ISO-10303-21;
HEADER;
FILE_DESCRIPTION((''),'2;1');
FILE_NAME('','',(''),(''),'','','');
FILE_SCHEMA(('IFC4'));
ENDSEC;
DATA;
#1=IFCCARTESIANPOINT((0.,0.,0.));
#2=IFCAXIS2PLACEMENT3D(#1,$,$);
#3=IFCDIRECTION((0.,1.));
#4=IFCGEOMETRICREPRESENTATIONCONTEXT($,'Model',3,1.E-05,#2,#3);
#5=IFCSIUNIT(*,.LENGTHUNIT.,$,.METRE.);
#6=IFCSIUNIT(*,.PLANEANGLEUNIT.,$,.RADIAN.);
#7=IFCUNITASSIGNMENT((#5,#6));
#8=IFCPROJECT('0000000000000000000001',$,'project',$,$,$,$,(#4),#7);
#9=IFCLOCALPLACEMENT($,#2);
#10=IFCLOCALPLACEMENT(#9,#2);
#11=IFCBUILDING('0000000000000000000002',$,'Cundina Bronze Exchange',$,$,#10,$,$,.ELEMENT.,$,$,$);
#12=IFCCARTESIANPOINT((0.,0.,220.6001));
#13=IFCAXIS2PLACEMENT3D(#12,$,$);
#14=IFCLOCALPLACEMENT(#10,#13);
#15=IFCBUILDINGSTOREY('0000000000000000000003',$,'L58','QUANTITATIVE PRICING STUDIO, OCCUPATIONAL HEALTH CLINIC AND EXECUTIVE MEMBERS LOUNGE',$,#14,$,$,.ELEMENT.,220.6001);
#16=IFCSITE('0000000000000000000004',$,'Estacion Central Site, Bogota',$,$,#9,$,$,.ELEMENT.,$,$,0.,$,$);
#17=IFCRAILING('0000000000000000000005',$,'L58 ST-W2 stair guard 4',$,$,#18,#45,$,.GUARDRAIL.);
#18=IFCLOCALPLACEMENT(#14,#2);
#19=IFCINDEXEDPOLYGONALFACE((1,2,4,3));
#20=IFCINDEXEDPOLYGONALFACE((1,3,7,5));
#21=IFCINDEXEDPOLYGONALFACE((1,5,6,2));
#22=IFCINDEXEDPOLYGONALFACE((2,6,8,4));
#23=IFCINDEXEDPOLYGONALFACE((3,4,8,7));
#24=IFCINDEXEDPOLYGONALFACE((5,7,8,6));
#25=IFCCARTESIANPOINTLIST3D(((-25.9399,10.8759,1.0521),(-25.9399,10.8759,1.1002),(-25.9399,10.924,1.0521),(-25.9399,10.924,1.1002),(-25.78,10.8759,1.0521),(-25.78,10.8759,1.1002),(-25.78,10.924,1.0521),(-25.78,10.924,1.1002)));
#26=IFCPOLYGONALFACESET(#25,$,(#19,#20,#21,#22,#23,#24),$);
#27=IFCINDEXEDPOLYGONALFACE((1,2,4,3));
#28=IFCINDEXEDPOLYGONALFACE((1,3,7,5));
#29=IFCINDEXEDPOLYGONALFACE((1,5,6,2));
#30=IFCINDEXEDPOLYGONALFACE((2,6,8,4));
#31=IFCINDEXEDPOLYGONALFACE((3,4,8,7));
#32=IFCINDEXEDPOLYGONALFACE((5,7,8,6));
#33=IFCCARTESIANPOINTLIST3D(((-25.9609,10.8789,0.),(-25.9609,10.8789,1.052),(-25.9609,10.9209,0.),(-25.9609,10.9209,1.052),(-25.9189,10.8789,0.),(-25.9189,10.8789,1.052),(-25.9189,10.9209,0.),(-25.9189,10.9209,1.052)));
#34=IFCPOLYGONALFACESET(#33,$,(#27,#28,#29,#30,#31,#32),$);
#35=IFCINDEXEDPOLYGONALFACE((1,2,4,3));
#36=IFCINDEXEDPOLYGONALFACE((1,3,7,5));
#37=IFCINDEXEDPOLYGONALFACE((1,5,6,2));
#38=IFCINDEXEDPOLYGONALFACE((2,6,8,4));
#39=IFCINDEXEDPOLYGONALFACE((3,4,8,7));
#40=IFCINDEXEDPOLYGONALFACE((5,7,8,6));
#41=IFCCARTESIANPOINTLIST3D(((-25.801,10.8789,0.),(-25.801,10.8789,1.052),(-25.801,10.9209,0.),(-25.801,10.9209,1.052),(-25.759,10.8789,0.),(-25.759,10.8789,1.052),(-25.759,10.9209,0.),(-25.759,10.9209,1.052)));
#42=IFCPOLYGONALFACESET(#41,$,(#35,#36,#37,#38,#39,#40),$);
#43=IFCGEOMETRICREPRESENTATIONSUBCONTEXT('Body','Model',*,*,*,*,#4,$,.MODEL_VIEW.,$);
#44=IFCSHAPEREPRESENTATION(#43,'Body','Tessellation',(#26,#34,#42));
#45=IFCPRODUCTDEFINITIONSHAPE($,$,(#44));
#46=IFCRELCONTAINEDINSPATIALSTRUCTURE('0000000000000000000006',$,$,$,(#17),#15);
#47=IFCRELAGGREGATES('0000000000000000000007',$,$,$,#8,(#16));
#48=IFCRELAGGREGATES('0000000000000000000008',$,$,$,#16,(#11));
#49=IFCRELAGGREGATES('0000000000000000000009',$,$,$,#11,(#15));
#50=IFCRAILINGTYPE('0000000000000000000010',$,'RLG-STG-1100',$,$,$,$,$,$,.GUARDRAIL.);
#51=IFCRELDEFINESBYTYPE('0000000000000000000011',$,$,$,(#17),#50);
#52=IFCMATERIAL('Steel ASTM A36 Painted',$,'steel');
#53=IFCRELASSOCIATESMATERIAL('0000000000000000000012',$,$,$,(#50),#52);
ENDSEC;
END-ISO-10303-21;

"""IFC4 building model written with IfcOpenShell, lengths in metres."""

from ifc_helpers import new_model, si_unit, direction, frame, origin, origin_2d, place, context, subcontext, project, spatial, rectangle, extrude, material, type_object, element, save


model = new_model("IFC4")

# Units and contexts
model_context = context("Model", 3, precision=1e-05, world=origin(), true_north=direction((0.0, 1.0)))
body_context = subcontext(model_context, "Body", "Model", "MODEL_VIEW")
ifc_project = project(units=[si_unit("LENGTHUNIT", "METRE"), si_unit("PLANEANGLEUNIT", "RADIAN")], contexts=[model_context])

# Site, building, storey
site_placement = place(None, origin())
site = spatial("IfcSite", under=ifc_project, at=site_placement, Name="Estacion Central Site, Bogota", CompositionType="ELEMENT", RefElevation=0.0)
building_placement = place(site_placement, origin())
building = spatial("IfcBuilding", under=site, at=building_placement, Name="Cundina Bronze Exchange", CompositionType="ELEMENT")
storey_placement = place(building_placement, frame((0.0, 0.0, 220.6001)))
storey = spatial("IfcBuildingStorey", under=building, at=storey_placement, Name="L58", Description="QUANTITATIVE PRICING STUDIO, OCCUPATIONAL HEALTH CLINIC AND EXECUTIVE MEMBERS LOUNGE", CompositionType="ELEMENT", Elevation=220.6001)

# Shared definitions
ifc_material_1 = material(Name="Steel ASTM A36 Painted", Category="steel")

# Railing
railing_type_1 = type_object("IfcRailingType", Name="RLG-STG-1100", PredefinedType="GUARDRAIL", material=ifc_material_1)
railing_1_placement = place(storey_placement, frame((-25.9399, 10.8999, 0.0)))
element("IfcRailing", 1, at=railing_1_placement, inside=storey, type_object=railing_type_1, Name="L58 ST-W2 stair guard 4", PredefinedType="GUARDRAIL", context=body_context, shape_type="SweptSolid", body=[
    extrude(rectangle(XDim=0.0481, YDim=0.0481, at=origin_2d()), frame((0.0, 0.0, 1.0762), z_axis=(1.0, 0.0, 0.0), x_axis=(0.0, 1.0, 0.0)), (0.0, 0.0, 1.0), 0.1599),
    extrude(rectangle(XDim=0.042, YDim=0.042, at=origin_2d()), origin(), (0.0, 0.0, 1.0), 1.052),
    extrude(rectangle(XDim=0.042, YDim=0.042, at=origin_2d()), frame((0.1599, 0.0, 0.0)), (0.0, 0.0, 1.0), 1.052),
])

save(model, "model.ifc")
